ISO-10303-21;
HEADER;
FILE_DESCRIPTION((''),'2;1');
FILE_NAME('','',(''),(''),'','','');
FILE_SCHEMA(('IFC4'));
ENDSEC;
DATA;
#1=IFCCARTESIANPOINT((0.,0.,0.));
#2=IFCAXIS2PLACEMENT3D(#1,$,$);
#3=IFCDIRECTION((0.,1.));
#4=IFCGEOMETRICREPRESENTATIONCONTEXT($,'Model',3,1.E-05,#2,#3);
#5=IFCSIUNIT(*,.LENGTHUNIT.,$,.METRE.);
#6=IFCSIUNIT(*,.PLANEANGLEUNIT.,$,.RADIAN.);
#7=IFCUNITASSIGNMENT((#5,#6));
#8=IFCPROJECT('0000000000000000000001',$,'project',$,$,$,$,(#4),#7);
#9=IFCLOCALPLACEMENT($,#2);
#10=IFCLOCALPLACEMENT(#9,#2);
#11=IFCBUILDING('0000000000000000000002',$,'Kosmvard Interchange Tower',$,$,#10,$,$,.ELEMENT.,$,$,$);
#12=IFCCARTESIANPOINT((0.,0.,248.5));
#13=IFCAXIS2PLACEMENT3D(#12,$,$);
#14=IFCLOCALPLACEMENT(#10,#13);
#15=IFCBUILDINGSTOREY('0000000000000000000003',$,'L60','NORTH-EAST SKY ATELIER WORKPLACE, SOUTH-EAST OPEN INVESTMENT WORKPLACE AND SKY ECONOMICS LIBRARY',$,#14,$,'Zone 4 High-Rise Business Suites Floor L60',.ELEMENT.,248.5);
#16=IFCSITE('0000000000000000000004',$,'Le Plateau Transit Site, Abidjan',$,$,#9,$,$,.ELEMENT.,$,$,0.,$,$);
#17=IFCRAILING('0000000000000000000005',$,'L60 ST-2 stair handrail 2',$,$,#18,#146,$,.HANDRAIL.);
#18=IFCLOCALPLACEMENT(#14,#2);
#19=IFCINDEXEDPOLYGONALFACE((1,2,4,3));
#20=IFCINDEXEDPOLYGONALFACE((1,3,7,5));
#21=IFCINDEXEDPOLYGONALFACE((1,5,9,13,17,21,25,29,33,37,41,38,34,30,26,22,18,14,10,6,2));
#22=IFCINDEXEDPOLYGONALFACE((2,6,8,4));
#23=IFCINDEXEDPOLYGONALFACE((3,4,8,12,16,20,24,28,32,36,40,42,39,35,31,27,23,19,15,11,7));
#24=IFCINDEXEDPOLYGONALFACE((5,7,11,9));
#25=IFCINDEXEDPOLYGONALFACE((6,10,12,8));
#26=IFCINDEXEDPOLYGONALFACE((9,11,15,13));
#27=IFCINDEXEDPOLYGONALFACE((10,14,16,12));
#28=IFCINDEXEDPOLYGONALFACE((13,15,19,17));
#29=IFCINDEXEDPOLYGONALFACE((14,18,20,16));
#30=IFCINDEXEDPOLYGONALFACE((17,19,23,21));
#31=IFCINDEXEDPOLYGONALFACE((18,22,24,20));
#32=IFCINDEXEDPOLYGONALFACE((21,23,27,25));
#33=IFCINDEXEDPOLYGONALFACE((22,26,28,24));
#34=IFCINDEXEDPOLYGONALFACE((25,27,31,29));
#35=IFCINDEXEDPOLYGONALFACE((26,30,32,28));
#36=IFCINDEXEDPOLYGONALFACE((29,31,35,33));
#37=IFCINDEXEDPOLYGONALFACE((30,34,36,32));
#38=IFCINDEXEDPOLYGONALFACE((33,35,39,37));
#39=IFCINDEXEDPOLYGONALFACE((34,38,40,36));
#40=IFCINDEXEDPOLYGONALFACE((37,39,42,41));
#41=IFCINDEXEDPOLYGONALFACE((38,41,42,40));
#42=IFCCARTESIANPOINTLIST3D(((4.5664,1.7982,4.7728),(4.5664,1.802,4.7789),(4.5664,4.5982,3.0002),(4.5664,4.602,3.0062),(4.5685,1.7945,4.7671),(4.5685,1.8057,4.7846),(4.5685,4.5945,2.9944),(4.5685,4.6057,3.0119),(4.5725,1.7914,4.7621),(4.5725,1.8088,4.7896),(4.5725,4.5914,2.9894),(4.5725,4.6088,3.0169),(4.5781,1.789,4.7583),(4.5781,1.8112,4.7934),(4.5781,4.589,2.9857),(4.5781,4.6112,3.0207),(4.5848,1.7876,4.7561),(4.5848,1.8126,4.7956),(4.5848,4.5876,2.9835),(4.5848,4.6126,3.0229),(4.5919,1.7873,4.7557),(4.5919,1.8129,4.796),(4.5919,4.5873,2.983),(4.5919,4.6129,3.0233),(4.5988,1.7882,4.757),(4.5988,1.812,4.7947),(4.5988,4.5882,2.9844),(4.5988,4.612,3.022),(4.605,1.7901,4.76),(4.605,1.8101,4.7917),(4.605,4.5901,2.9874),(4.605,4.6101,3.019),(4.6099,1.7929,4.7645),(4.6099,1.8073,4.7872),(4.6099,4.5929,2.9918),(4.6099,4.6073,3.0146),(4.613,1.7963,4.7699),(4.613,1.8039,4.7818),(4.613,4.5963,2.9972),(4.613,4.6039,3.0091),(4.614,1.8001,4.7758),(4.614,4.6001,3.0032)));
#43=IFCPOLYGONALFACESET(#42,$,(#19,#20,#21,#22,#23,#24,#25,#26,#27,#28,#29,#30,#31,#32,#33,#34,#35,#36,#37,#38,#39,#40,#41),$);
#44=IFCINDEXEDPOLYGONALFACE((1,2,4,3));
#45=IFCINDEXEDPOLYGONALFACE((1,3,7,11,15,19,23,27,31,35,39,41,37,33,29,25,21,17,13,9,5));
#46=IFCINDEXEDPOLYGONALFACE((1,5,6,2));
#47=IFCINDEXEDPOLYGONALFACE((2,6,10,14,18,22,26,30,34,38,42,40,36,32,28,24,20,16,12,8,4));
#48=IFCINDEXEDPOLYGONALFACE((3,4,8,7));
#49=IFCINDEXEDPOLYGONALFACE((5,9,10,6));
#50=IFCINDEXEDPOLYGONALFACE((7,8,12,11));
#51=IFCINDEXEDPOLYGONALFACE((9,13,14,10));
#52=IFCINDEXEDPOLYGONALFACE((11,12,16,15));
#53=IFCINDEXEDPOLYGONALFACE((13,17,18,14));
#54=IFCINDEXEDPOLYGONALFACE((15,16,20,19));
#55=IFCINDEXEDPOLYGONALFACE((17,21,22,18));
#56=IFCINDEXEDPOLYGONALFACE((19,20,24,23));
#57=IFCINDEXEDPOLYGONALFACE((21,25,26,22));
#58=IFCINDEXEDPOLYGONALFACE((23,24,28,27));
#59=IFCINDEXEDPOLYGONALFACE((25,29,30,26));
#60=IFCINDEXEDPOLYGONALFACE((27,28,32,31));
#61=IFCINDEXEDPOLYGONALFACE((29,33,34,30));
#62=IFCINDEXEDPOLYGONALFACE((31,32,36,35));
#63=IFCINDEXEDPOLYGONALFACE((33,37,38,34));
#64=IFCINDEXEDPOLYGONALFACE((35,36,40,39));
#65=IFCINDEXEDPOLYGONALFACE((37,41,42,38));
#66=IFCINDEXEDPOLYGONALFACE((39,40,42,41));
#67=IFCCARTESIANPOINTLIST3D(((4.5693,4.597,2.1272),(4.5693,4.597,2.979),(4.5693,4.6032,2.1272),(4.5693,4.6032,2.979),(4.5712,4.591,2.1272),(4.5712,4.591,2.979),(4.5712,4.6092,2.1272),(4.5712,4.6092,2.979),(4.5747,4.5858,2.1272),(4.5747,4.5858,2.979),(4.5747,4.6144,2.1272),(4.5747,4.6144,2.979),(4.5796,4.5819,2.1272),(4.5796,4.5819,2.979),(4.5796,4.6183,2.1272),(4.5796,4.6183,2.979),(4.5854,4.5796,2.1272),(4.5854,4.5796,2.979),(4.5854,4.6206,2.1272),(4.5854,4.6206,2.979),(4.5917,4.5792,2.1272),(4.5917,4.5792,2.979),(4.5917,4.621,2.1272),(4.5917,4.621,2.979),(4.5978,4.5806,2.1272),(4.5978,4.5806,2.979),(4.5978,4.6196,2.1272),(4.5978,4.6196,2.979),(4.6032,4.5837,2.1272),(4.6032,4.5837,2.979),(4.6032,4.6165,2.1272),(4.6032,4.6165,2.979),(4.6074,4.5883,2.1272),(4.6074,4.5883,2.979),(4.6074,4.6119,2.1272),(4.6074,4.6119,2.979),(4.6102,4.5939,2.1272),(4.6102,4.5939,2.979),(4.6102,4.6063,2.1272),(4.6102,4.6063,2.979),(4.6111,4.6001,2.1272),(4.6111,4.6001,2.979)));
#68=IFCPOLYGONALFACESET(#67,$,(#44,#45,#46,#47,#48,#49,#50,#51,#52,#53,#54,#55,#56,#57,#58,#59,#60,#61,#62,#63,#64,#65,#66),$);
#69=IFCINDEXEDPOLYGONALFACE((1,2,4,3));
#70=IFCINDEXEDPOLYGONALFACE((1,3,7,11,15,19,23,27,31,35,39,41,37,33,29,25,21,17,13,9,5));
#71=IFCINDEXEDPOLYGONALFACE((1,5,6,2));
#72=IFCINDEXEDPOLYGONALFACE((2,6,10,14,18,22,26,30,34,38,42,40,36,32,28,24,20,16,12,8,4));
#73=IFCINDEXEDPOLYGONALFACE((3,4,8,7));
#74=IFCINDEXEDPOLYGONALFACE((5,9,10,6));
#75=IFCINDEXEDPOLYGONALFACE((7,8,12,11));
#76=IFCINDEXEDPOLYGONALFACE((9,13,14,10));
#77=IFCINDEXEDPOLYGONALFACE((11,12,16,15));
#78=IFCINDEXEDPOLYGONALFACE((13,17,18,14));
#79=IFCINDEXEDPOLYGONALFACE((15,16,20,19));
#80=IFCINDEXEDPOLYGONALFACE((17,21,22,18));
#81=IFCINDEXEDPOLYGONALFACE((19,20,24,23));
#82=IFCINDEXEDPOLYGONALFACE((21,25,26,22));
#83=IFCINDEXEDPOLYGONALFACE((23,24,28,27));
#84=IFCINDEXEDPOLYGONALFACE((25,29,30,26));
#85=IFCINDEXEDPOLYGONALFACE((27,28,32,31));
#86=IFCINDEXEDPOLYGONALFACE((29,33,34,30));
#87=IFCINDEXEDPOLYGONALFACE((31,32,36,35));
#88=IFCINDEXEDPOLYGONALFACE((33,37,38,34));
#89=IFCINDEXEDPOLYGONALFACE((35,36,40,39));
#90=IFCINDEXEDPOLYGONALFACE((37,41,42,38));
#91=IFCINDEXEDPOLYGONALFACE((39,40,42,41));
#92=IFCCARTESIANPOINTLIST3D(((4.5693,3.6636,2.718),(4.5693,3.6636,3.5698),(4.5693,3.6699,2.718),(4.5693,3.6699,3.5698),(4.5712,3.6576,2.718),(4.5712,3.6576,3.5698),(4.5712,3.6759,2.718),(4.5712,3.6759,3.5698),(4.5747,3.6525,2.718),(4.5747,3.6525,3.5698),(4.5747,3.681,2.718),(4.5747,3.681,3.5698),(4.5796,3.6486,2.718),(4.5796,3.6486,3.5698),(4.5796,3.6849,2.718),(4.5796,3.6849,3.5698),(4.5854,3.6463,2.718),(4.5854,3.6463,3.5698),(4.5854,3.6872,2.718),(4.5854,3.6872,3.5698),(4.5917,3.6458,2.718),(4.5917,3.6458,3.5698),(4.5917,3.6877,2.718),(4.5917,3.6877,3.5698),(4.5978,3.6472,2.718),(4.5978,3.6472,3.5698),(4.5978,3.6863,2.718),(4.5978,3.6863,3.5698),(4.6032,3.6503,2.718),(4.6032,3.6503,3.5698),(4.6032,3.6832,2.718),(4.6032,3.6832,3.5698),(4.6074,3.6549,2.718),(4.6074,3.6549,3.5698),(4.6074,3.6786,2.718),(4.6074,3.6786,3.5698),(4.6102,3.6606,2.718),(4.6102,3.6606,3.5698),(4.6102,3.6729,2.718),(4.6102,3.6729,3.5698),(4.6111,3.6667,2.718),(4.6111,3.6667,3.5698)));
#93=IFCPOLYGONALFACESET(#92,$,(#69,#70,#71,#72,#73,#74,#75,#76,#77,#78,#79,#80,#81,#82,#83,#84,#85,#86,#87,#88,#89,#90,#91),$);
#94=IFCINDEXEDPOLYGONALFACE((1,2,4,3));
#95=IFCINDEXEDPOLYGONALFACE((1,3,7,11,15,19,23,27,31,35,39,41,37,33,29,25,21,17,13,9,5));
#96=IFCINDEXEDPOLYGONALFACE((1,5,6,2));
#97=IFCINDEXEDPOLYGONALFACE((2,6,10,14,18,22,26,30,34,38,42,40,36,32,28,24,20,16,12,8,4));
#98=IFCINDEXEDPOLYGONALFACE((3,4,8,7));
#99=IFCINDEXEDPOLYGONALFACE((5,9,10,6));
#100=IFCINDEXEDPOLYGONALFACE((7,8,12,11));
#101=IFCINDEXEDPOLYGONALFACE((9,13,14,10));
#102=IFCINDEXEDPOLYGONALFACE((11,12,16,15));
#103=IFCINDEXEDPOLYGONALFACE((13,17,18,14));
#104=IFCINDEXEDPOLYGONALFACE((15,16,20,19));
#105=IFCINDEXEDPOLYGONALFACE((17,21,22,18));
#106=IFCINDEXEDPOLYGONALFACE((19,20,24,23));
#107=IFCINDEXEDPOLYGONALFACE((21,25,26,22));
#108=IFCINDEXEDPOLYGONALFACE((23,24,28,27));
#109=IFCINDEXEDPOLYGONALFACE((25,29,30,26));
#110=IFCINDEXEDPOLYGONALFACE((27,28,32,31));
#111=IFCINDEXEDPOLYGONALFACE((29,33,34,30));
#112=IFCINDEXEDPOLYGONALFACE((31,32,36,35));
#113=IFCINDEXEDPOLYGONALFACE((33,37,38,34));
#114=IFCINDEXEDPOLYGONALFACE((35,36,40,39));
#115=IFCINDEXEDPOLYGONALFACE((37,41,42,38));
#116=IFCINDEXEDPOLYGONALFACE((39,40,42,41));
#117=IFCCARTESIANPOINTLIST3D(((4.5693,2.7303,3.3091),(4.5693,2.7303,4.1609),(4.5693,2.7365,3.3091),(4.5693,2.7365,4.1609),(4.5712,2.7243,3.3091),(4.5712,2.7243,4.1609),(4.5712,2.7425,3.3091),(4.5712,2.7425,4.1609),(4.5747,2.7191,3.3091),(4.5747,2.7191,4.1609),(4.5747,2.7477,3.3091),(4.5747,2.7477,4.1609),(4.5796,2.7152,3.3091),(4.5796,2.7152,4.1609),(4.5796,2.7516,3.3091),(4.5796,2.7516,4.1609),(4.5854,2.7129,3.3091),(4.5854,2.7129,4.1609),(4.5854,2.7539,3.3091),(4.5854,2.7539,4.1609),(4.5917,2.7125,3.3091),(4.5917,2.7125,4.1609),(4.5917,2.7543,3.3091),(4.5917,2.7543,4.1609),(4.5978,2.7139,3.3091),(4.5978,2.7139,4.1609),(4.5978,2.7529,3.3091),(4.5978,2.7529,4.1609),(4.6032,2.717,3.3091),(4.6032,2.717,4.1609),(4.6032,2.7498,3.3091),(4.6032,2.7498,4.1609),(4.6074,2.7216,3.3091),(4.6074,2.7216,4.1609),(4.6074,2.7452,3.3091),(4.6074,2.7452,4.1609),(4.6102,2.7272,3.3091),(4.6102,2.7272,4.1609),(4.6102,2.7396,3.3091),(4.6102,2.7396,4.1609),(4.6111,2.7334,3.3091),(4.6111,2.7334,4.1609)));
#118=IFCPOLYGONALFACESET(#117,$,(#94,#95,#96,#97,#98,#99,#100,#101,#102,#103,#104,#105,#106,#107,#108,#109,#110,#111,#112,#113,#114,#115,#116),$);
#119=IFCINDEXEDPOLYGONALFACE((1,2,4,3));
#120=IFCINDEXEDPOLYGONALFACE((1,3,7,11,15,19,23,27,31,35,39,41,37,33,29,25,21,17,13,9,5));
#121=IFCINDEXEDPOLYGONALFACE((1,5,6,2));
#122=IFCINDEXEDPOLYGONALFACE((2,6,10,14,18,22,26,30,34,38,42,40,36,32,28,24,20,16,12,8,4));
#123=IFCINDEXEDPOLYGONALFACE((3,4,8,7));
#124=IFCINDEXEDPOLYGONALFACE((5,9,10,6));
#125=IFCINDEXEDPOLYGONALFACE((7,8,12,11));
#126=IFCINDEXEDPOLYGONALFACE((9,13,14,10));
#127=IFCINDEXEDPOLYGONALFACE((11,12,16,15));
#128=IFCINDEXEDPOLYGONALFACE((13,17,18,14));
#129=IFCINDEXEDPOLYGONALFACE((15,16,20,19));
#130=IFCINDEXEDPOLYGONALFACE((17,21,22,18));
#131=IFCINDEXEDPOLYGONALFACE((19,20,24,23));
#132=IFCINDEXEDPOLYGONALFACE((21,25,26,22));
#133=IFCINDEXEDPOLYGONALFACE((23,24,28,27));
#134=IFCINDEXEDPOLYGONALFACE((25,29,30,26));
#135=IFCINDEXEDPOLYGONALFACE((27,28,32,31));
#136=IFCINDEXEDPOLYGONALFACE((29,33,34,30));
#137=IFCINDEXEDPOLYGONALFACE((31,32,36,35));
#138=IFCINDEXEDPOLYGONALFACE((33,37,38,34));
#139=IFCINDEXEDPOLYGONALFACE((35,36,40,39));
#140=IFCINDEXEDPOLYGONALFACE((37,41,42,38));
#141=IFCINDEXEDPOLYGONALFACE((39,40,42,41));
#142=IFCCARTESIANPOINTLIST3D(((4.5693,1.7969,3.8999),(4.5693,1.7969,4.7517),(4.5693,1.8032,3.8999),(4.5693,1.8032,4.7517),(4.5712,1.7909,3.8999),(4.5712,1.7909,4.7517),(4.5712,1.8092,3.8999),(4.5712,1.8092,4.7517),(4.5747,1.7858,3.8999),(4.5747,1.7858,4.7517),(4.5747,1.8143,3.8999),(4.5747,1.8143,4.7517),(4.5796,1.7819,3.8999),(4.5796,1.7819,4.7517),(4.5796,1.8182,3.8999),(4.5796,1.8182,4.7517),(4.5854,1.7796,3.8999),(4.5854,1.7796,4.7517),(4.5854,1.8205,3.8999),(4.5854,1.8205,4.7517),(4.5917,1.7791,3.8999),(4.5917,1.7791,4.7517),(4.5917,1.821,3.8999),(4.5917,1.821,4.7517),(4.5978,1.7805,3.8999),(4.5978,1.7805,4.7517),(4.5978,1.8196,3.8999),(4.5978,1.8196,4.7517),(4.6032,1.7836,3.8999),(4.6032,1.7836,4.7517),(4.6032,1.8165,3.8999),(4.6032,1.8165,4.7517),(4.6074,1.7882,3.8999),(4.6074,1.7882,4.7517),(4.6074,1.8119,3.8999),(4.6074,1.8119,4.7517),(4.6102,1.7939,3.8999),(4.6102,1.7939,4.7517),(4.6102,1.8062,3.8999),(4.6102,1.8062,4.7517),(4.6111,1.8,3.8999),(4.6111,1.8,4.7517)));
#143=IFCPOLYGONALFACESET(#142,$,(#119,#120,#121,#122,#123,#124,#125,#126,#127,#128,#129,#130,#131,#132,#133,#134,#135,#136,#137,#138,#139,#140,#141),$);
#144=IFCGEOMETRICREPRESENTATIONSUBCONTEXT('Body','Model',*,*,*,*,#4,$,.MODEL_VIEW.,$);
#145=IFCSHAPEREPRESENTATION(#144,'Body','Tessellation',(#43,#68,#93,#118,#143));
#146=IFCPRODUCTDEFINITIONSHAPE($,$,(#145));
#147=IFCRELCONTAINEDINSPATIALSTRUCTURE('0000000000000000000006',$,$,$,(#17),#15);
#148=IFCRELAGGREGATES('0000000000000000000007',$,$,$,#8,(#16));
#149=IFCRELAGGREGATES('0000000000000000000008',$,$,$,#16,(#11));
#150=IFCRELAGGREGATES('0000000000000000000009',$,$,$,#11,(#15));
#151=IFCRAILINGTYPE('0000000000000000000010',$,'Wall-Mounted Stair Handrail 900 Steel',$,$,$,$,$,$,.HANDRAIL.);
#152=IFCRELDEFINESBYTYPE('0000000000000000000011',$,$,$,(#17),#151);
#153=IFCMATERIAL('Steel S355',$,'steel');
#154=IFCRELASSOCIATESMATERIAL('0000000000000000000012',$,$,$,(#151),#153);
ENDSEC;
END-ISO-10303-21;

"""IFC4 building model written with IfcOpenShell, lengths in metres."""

from ifc_helpers import new_model, si_unit, direction, frame, origin, origin_2d, place, context, subcontext, project, spatial, circle, extrude, source, transform, mapped, material, type_object, element, save


model = new_model("IFC4")

# Units and contexts
model_context = context("Model", 3, precision=1e-05, world=origin(), true_north=direction((0.0, 1.0)))
body_context = subcontext(model_context, "Body", "Model", "MODEL_VIEW")
ifc_project = project(units=[si_unit("LENGTHUNIT", "METRE"), si_unit("PLANEANGLEUNIT", "RADIAN")], contexts=[model_context])

# Site, building, storey
site_placement = place(None, origin())
site = spatial("IfcSite", under=ifc_project, at=site_placement, Name="Le Plateau Transit Site, Abidjan", CompositionType="ELEMENT", RefElevation=0.0)
building_placement = place(site_placement, origin())
building = spatial("IfcBuilding", under=site, at=building_placement, Name="Kosmvard Interchange Tower", CompositionType="ELEMENT")
storey_placement = place(building_placement, frame((0.0, 0.0, 248.5)))
storey = spatial("IfcBuildingStorey", under=building, at=storey_placement, Name="L60", Description="NORTH-EAST SKY ATELIER WORKPLACE, SOUTH-EAST OPEN INVESTMENT WORKPLACE AND SKY ECONOMICS LIBRARY", LongName="Zone 4 High-Rise Business Suites Floor L60", CompositionType="ELEMENT", Elevation=248.5)

# Shared definitions
ifc_material_1 = material(Name="Steel S355", Category="steel")

# Railing
railing_type_1 = type_object("IfcRailingType", Name="Wall-Mounted Stair Handrail 900 Steel", PredefinedType="HANDRAIL", material=ifc_material_1)
shared_shape_1 = source(origin(), body_context, "Body", "SweptSolid", [
    extrude(circle(Radius=0.0239, at=origin_2d()), frame((0.0, 0.0, 0.876), z_axis=(0.0, -0.844909, 0.53491), x_axis=(1.0, 0.0, 0.0)), (0.0, 0.0, 1.0), 3.314),
    extrude(circle(Radius=0.021, at=origin_2d()), origin(), (0.0, 0.0, 1.0), 0.8518),
    extrude(circle(Radius=0.021, at=origin_2d()), frame((0.0, -0.9333, 0.5908)), (0.0, 0.0, 1.0), 0.8518),
    extrude(circle(Radius=0.021, at=origin_2d()), frame((0.0, -1.8667, 1.1819)), (0.0, 0.0, 1.0), 0.8518),
    extrude(circle(Radius=0.021, at=origin_2d()), frame((0.0, -2.8, 1.7727)), (0.0, 0.0, 1.0), 0.8518),
])
railing_1_placement = place(storey_placement, frame((4.5901, 4.6001, 2.1272)))
element("IfcRailing", 1, at=railing_1_placement, inside=storey, type_object=railing_type_1, Name="L60 ST-2 stair handrail 2", PredefinedType="HANDRAIL", context=body_context, shape_type="MappedRepresentation", body=[
    mapped(shared_shape_1, transform((0.0, 0.0, 0.0), scale=1.0)),
])

save(model, "model.ifc")
